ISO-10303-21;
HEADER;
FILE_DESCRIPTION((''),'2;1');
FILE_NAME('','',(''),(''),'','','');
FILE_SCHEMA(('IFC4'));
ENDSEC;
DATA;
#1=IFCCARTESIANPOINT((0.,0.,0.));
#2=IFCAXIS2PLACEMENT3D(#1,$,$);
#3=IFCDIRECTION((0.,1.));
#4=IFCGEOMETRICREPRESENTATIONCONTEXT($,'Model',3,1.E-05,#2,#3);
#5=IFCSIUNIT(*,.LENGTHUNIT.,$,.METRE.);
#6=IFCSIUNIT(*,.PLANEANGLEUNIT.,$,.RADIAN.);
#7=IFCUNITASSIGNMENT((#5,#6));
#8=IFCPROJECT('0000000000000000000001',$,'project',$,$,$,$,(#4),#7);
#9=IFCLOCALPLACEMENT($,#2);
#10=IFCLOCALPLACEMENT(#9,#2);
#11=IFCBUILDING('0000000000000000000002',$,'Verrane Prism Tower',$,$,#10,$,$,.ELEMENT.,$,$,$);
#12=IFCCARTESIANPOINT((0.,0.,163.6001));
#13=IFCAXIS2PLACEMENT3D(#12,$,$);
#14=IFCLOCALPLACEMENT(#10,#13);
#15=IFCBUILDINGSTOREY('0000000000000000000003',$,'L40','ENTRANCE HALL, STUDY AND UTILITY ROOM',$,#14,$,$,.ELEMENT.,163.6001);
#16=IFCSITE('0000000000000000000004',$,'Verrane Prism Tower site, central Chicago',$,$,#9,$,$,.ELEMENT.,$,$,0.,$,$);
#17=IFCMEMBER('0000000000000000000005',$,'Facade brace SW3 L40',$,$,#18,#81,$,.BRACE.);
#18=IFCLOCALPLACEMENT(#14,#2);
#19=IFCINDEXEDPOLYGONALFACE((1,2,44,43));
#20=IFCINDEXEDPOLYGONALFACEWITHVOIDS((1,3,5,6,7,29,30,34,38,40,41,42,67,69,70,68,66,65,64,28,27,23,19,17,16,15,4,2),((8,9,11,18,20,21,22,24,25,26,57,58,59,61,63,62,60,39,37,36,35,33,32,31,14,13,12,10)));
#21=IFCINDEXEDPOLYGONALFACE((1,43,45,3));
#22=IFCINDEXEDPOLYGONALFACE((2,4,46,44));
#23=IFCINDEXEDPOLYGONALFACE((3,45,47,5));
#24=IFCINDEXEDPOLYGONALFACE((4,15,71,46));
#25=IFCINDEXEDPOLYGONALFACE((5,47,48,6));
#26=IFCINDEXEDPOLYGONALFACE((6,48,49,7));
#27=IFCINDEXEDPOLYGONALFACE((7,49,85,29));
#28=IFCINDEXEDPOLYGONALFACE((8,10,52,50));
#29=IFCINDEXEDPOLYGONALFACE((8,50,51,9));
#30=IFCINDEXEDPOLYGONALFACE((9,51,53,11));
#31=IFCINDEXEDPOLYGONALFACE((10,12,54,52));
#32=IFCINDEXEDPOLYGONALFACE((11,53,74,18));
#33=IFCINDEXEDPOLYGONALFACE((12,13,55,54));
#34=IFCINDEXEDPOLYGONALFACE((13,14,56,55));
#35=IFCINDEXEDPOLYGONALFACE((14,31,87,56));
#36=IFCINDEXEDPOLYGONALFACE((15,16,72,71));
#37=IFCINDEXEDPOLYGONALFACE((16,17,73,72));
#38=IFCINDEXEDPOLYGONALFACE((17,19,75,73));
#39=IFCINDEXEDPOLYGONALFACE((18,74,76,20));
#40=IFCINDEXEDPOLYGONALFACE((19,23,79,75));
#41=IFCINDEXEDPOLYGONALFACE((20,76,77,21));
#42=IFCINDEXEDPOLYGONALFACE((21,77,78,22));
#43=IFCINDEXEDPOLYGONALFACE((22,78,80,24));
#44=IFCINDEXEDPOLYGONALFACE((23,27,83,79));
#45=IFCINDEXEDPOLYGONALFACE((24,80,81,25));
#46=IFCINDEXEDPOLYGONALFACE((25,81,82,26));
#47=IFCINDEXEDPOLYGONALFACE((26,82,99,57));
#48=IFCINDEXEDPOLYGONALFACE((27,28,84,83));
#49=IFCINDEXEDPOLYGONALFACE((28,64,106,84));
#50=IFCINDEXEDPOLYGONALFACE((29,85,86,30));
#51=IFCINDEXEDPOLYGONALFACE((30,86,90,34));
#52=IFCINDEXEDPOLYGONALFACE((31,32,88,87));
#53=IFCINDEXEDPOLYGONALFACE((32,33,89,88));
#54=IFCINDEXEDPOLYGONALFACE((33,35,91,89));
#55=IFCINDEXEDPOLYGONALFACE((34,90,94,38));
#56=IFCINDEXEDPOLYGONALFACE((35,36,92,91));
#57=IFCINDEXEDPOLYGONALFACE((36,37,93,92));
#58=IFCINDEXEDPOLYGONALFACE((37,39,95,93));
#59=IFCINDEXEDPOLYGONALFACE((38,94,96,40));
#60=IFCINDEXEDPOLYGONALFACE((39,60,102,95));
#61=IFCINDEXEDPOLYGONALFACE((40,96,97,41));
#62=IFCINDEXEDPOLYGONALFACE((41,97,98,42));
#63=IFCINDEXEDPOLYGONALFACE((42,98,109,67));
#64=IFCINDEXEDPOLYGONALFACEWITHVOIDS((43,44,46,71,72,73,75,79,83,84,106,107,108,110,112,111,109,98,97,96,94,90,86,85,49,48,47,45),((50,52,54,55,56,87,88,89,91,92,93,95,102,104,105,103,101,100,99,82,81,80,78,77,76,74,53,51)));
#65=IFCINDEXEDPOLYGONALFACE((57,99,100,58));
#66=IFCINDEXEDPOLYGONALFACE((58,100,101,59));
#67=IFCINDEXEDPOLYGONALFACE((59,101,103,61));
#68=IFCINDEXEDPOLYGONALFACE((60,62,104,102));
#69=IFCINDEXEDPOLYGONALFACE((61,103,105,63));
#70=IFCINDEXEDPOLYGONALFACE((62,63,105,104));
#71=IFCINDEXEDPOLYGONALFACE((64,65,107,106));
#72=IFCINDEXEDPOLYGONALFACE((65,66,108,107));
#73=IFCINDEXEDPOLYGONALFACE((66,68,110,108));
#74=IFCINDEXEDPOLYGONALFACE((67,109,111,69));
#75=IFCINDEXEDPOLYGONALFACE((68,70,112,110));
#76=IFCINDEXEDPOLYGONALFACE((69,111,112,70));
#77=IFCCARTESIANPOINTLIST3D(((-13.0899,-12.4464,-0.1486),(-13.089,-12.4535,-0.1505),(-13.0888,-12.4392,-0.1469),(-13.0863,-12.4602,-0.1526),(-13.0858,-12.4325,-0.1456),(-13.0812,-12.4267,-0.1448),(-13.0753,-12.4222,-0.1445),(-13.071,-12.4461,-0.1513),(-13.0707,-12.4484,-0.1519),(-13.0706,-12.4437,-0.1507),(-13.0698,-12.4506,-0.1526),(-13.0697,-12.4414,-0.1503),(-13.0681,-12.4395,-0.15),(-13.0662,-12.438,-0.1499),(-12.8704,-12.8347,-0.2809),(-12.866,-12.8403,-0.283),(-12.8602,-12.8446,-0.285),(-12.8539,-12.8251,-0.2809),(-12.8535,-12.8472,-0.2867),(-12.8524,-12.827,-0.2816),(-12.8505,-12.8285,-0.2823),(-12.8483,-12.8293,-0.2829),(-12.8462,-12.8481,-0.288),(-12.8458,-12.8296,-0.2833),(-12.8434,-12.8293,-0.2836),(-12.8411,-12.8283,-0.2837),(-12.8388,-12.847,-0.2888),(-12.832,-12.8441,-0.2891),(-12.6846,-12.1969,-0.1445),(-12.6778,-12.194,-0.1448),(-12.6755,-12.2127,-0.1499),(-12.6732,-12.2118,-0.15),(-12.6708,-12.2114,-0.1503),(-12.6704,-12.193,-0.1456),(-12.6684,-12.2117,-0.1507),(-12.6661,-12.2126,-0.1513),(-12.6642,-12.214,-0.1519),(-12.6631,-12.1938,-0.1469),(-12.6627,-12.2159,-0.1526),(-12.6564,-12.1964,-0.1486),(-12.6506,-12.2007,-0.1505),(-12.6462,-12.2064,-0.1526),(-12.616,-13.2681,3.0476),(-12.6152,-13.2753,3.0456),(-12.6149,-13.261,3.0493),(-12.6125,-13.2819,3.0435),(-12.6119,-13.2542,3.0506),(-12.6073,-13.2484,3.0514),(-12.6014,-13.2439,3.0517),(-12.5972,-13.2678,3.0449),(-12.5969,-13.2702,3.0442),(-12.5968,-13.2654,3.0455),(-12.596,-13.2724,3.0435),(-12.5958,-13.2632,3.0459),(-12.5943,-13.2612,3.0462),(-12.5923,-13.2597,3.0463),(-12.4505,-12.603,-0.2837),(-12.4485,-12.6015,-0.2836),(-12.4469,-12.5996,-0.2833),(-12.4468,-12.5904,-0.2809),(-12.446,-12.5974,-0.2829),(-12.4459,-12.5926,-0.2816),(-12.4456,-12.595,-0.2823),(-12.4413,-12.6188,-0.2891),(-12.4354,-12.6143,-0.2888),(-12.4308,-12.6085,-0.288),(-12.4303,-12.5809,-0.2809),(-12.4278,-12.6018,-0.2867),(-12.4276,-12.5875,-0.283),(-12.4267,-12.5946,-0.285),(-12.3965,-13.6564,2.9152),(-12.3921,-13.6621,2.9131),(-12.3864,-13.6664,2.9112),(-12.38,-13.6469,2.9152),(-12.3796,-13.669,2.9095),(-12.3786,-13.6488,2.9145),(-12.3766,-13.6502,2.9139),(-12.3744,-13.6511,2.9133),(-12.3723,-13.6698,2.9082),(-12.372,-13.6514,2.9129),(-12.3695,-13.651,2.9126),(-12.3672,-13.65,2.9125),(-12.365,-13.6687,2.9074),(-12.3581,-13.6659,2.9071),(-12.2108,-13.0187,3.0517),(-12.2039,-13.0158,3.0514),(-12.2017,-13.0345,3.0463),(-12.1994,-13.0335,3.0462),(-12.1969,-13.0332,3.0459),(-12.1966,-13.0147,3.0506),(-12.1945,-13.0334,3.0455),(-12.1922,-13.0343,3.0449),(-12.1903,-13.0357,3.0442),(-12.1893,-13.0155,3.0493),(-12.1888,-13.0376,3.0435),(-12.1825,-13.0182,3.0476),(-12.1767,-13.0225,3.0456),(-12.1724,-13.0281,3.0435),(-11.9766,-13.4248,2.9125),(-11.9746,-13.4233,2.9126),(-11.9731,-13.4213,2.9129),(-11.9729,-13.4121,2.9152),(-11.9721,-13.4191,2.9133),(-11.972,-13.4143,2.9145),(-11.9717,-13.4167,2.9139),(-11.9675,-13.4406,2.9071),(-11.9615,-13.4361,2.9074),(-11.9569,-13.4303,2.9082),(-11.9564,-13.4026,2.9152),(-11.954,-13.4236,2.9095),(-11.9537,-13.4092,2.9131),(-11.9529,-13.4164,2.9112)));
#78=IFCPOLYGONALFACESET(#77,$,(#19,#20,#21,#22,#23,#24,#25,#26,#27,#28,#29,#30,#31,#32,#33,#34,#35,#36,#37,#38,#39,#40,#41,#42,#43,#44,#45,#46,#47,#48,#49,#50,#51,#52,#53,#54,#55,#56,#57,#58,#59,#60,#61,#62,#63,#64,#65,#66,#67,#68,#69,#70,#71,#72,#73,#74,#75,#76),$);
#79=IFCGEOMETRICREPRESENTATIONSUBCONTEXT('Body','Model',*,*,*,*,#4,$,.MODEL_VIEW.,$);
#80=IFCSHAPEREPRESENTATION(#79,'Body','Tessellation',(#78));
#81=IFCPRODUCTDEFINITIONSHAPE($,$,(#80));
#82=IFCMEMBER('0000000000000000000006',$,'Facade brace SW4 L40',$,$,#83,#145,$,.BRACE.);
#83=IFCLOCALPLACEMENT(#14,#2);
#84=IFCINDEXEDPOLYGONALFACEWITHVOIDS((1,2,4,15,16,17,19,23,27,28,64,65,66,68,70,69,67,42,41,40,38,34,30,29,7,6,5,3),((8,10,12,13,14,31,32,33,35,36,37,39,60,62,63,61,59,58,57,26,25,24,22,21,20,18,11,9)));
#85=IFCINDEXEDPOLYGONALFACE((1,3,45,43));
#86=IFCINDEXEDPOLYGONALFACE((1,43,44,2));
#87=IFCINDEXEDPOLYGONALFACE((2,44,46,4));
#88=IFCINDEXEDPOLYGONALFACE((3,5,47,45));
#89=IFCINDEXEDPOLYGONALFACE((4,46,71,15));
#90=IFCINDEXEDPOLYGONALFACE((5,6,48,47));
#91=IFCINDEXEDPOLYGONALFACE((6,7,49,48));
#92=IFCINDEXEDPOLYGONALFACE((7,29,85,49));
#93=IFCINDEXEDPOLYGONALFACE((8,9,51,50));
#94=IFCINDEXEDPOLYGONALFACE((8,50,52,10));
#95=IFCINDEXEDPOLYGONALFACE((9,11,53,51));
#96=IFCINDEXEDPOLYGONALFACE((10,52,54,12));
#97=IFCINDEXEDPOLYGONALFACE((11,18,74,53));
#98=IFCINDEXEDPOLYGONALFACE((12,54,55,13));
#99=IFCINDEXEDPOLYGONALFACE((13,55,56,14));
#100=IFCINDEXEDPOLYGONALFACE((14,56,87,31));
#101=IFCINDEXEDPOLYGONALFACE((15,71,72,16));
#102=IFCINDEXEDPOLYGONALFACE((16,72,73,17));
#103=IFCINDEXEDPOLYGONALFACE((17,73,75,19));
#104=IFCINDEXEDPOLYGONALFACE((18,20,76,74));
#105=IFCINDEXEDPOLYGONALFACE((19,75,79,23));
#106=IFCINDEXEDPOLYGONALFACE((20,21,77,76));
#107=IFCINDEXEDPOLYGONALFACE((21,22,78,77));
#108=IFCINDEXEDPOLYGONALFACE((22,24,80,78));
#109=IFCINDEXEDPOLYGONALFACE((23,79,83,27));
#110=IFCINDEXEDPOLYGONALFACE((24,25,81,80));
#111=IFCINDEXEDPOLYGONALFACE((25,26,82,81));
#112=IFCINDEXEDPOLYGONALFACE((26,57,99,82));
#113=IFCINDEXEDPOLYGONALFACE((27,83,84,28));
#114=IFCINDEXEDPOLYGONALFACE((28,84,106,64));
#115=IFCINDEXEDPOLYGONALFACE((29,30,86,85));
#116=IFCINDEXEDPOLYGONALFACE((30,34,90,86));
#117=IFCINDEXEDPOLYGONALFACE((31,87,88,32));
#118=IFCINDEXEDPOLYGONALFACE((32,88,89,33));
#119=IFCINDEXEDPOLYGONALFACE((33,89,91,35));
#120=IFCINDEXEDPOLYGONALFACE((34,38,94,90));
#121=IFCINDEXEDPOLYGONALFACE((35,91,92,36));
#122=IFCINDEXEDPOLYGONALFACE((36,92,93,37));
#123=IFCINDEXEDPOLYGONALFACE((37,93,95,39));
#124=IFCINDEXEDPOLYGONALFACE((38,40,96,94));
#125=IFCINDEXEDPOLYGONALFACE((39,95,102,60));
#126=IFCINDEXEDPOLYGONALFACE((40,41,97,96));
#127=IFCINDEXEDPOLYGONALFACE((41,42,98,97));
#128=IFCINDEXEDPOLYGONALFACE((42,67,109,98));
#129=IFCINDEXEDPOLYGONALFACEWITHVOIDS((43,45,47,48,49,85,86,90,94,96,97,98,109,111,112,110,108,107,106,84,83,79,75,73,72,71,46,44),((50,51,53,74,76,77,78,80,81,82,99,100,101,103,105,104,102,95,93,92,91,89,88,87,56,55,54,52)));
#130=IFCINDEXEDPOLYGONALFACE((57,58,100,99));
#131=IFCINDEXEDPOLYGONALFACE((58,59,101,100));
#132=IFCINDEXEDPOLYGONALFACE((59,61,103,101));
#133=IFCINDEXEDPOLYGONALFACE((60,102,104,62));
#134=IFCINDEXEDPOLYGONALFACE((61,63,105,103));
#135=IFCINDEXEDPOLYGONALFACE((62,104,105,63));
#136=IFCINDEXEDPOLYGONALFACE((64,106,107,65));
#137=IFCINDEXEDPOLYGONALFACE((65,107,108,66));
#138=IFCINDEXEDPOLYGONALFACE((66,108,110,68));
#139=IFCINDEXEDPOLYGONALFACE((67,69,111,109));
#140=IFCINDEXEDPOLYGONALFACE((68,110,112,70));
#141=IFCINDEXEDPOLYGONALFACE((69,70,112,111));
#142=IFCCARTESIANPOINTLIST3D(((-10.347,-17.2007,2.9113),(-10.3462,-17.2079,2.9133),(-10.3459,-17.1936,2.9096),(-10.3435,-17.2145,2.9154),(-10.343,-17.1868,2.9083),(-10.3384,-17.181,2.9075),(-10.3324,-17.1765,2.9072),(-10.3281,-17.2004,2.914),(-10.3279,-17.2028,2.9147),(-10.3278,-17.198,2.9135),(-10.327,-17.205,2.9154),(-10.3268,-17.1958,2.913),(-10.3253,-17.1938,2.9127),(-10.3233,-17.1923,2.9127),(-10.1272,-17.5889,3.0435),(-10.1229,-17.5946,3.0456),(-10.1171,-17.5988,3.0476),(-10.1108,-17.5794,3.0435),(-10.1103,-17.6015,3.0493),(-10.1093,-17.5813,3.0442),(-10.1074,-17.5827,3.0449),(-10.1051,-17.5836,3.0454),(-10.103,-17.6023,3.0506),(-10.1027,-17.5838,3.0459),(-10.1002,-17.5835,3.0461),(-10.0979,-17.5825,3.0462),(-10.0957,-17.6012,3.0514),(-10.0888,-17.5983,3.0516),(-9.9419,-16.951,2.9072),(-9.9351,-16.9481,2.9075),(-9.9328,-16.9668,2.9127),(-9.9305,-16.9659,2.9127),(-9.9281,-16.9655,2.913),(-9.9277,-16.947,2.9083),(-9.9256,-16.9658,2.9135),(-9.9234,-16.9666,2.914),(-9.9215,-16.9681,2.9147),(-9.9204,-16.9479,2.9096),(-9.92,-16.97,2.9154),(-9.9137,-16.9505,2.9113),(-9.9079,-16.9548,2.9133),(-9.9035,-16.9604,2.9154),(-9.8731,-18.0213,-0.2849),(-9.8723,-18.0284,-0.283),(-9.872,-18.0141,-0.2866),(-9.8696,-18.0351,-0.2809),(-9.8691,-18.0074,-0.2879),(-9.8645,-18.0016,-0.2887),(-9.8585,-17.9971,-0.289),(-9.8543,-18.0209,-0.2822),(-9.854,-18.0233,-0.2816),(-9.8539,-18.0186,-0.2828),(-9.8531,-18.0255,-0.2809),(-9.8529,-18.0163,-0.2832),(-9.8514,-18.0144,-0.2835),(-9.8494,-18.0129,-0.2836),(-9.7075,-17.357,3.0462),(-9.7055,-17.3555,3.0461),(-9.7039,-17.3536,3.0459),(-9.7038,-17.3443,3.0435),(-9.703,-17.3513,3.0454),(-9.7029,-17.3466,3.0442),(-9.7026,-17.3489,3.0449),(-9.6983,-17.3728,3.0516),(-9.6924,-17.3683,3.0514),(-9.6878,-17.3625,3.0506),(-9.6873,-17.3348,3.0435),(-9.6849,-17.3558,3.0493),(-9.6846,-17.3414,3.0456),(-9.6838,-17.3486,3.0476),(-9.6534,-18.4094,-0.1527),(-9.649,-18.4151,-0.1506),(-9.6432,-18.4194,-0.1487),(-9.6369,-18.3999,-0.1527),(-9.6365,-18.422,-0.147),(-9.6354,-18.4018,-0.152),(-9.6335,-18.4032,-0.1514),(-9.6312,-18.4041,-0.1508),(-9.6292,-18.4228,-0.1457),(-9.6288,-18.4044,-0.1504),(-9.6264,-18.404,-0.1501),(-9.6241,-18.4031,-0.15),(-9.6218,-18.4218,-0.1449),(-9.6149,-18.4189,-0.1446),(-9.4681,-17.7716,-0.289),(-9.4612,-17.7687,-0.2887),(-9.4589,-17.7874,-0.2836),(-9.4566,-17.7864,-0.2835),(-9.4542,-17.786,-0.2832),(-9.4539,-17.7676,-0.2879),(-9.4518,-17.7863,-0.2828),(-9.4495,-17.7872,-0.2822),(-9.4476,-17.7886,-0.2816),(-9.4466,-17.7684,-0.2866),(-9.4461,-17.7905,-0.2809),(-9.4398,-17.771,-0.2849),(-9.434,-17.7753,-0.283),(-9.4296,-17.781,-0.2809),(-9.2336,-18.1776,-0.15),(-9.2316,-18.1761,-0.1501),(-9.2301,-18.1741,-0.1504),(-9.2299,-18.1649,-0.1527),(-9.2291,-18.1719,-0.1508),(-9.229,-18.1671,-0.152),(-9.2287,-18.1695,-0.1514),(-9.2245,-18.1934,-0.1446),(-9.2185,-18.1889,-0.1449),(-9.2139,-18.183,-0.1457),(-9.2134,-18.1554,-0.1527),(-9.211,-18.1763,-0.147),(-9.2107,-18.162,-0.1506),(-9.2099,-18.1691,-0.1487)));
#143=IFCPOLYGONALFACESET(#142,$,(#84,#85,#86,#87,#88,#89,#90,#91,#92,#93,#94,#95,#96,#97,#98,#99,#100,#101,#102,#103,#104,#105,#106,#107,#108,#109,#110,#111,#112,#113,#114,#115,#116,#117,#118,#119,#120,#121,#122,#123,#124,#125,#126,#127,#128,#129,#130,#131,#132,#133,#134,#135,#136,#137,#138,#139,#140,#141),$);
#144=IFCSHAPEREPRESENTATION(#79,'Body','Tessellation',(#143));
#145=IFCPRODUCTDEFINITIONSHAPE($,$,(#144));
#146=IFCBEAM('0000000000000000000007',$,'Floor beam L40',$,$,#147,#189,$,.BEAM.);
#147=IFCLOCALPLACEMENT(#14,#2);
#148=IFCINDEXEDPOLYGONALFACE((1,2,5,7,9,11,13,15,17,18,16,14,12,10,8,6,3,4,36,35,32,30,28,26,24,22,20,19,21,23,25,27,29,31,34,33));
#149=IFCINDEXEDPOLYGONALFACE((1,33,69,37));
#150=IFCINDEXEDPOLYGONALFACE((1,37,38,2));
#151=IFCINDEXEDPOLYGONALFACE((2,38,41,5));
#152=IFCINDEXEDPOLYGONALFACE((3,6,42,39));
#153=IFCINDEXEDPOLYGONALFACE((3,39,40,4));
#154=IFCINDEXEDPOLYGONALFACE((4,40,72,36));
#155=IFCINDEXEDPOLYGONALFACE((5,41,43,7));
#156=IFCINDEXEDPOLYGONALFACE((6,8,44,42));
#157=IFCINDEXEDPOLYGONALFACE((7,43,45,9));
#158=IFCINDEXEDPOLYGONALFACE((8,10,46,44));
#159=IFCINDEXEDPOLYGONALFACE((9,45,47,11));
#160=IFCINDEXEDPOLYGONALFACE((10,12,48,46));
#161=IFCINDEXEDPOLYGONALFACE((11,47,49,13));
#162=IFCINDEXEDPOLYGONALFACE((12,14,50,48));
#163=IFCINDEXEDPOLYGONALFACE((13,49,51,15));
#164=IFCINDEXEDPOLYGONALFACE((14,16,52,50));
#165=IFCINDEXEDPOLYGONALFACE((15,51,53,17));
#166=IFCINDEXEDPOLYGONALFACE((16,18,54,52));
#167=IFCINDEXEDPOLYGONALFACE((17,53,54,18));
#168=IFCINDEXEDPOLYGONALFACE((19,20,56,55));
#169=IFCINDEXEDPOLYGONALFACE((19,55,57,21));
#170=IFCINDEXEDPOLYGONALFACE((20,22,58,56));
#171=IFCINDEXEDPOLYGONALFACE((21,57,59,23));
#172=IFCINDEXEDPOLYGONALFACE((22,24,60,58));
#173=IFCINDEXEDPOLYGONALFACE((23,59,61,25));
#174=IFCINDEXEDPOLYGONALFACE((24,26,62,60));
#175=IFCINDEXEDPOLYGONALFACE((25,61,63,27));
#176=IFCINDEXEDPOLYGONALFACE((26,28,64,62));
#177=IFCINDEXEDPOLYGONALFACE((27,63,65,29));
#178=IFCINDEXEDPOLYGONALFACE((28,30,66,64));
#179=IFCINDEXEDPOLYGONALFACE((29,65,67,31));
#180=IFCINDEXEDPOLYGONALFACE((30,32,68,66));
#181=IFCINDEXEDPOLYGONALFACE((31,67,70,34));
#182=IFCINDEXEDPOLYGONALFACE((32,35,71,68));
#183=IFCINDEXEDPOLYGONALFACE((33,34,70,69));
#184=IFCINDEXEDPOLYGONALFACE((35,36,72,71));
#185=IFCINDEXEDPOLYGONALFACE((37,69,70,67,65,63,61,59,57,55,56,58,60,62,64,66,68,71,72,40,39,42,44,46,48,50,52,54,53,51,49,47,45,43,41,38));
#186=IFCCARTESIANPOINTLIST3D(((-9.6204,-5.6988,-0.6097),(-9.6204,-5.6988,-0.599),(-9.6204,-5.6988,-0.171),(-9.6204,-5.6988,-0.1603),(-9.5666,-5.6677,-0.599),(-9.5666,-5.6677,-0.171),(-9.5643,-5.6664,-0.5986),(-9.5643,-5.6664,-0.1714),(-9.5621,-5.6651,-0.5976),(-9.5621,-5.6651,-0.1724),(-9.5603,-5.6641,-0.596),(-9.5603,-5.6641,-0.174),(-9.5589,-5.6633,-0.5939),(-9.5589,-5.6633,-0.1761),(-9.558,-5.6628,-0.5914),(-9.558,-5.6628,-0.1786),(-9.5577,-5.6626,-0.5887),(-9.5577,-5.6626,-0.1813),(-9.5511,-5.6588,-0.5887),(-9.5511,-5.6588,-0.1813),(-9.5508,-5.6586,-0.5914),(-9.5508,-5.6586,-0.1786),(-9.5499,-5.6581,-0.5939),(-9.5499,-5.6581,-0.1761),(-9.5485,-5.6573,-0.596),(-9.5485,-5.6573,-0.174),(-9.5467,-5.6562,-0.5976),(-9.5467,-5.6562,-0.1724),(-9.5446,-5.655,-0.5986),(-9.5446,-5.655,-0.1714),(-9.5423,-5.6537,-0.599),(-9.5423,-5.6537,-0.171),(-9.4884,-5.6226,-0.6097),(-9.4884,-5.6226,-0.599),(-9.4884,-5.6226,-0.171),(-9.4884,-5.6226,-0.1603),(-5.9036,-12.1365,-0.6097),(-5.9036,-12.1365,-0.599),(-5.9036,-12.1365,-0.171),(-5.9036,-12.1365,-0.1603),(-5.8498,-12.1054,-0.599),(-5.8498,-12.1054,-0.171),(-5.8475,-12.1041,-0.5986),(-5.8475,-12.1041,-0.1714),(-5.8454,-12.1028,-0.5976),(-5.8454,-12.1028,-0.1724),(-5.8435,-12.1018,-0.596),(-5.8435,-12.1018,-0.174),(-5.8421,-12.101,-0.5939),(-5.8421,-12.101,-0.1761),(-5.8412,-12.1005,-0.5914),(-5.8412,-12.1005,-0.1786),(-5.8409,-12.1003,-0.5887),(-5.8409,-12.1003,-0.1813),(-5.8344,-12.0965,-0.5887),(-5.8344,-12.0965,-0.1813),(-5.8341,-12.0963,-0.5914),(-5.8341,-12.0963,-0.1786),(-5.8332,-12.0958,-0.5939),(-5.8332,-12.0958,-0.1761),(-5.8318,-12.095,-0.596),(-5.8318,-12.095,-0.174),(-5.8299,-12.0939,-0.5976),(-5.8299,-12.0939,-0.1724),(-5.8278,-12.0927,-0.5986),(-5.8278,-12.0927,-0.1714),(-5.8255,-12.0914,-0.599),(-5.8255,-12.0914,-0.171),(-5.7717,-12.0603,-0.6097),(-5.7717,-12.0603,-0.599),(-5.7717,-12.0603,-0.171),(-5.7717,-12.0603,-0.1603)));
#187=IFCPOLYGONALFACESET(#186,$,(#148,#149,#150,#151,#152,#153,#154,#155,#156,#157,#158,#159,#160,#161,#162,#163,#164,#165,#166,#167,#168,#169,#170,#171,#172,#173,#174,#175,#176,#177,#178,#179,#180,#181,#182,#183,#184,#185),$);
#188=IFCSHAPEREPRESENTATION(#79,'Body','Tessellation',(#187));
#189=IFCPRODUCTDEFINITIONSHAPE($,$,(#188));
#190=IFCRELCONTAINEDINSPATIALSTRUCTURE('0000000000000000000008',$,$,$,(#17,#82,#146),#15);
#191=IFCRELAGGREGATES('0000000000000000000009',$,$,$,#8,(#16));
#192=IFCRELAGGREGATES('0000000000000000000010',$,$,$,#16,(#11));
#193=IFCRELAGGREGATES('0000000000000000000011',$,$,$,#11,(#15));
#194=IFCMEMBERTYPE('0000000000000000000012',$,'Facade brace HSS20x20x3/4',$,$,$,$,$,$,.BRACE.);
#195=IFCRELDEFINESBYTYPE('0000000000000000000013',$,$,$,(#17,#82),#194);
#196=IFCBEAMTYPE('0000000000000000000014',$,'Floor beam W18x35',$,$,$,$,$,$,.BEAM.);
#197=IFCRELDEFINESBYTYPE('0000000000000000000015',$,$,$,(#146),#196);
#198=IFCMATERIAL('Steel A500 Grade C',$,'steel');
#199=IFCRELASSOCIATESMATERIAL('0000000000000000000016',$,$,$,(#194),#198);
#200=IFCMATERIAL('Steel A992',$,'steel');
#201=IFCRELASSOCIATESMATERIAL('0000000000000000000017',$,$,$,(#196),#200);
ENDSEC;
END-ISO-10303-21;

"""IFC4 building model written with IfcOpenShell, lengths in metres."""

from ifc_helpers import new_model, si_unit, direction, frame, origin, origin_2d, place, context, subcontext, project, spatial, hollow_rectangle, i_section, extrude, material, material_profile, profile_set, type_object, element, save


model = new_model("IFC4")

# Units and contexts
model_context = context("Model", 3, precision=1e-05, world=origin(), true_north=direction((0.0, 1.0)))
body_context = subcontext(model_context, "Body", "Model", "MODEL_VIEW")
ifc_project = project(units=[si_unit("LENGTHUNIT", "METRE"), si_unit("PLANEANGLEUNIT", "RADIAN")], contexts=[model_context])

# Site, building, storey
site_placement = place(None, origin())
site = spatial("IfcSite", under=ifc_project, at=site_placement, Name="Verrane Prism Tower site, central Chicago", CompositionType="ELEMENT", RefElevation=0.0)
building_placement = place(site_placement, origin())
building = spatial("IfcBuilding", under=site, at=building_placement, Name="Verrane Prism Tower", CompositionType="ELEMENT")
storey_placement = place(building_placement, frame((0.0, 0.0, 163.6001)))
storey = spatial("IfcBuildingStorey", under=building, at=storey_placement, Name="L40", Description="ENTRANCE HALL, STUDY AND UTILITY ROOM", CompositionType="ELEMENT", Elevation=163.6001)

# Members
ifc_material_1 = material(Name="Steel A500 Grade C", Category="steel")
ifc_material_profile_1 = material_profile(ifc_material_1, hollow_rectangle(XDim=0.5081, YDim=0.5081, WallThickness=0.019, InnerFilletRadius=0.0095, OuterFilletRadius=0.0286, at=origin_2d()), Name="HSS20x20x3/4")
ifc_profile_set_1 = profile_set([ifc_material_profile_1], Name="Steel A500 Grade C")
member_type_1 = type_object("IfcMemberType", Name="Facade brace HSS20x20x3/4", PredefinedType="BRACE", material=ifc_profile_set_1)
member_1_placement = place(storey_placement, frame((-12.7583, -12.5205, -0.2168), z_axis=(0.142131, -0.246477, 0.95867), x_axis=(0.866288, 0.499544, 0.0)))
element("IfcMember", 1, at=member_1_placement, inside=storey, type_object=member_type_1, Name="Facade brace SW3 L40", PredefinedType="BRACE", context=body_context, shape_type="SweptSolid", body=[
    extrude(hollow_rectangle(XDim=0.5081, YDim=0.5081, WallThickness=0.019, InnerFilletRadius=0.0095, OuterFilletRadius=0.0286, at=origin_2d()), origin(), (0.0, 0.0, 1.0), 3.334),
])
member_2_placement = place(storey_placement, frame((-9.5415, -18.0952, -0.2168), z_axis=(-0.142144, 0.246133, 0.958756), x_axis=(-0.865967, -0.500102, 0.0)))
element("IfcMember", 2, at=member_2_placement, inside=storey, type_object=member_type_1, Name="Facade brace SW4 L40", PredefinedType="BRACE", context=body_context, shape_type="SweptSolid", body=[
    extrude(hollow_rectangle(XDim=0.5081, YDim=0.5081, WallThickness=0.019, InnerFilletRadius=0.0095, OuterFilletRadius=0.0286, at=origin_2d()), origin(), (0.0, 0.0, 1.0), 3.3337),
])

# Beam
ifc_material_2 = material(Name="Steel A992", Category="steel")
ifc_material_profile_2 = material_profile(ifc_material_2, i_section(OverallWidth=0.1523, OverallDepth=0.4495, WebThickness=0.0076, FlangeThickness=0.0107, FilletRadius=0.0103, at=origin_2d()), Name="W18x35")
ifc_profile_set_2 = profile_set([ifc_material_profile_2], Name="Steel A992")
beam_type_1 = type_object("IfcBeamType", Name="Floor beam W18x35", PredefinedType="BEAM", material=ifc_profile_set_2)
beam_1_placement = place(storey_placement, frame((-5.8376, -12.0984, -0.385), z_axis=(-0.499996, 0.866028, 0.0), x_axis=(-0.866028, -0.499996, 0.0)))
element("IfcBeam", 3, at=beam_1_placement, inside=storey, type_object=beam_type_1, Name="Floor beam L40", PredefinedType="BEAM", context=body_context, shape_type="SweptSolid", body=[
    extrude(i_section(OverallWidth=0.1523, OverallDepth=0.4495, WebThickness=0.0076, FlangeThickness=0.0107, FilletRadius=0.0103, at=origin_2d()), origin(), (0.0, 0.0, 1.0), 7.4336),
])

save(model, "model.ifc")
